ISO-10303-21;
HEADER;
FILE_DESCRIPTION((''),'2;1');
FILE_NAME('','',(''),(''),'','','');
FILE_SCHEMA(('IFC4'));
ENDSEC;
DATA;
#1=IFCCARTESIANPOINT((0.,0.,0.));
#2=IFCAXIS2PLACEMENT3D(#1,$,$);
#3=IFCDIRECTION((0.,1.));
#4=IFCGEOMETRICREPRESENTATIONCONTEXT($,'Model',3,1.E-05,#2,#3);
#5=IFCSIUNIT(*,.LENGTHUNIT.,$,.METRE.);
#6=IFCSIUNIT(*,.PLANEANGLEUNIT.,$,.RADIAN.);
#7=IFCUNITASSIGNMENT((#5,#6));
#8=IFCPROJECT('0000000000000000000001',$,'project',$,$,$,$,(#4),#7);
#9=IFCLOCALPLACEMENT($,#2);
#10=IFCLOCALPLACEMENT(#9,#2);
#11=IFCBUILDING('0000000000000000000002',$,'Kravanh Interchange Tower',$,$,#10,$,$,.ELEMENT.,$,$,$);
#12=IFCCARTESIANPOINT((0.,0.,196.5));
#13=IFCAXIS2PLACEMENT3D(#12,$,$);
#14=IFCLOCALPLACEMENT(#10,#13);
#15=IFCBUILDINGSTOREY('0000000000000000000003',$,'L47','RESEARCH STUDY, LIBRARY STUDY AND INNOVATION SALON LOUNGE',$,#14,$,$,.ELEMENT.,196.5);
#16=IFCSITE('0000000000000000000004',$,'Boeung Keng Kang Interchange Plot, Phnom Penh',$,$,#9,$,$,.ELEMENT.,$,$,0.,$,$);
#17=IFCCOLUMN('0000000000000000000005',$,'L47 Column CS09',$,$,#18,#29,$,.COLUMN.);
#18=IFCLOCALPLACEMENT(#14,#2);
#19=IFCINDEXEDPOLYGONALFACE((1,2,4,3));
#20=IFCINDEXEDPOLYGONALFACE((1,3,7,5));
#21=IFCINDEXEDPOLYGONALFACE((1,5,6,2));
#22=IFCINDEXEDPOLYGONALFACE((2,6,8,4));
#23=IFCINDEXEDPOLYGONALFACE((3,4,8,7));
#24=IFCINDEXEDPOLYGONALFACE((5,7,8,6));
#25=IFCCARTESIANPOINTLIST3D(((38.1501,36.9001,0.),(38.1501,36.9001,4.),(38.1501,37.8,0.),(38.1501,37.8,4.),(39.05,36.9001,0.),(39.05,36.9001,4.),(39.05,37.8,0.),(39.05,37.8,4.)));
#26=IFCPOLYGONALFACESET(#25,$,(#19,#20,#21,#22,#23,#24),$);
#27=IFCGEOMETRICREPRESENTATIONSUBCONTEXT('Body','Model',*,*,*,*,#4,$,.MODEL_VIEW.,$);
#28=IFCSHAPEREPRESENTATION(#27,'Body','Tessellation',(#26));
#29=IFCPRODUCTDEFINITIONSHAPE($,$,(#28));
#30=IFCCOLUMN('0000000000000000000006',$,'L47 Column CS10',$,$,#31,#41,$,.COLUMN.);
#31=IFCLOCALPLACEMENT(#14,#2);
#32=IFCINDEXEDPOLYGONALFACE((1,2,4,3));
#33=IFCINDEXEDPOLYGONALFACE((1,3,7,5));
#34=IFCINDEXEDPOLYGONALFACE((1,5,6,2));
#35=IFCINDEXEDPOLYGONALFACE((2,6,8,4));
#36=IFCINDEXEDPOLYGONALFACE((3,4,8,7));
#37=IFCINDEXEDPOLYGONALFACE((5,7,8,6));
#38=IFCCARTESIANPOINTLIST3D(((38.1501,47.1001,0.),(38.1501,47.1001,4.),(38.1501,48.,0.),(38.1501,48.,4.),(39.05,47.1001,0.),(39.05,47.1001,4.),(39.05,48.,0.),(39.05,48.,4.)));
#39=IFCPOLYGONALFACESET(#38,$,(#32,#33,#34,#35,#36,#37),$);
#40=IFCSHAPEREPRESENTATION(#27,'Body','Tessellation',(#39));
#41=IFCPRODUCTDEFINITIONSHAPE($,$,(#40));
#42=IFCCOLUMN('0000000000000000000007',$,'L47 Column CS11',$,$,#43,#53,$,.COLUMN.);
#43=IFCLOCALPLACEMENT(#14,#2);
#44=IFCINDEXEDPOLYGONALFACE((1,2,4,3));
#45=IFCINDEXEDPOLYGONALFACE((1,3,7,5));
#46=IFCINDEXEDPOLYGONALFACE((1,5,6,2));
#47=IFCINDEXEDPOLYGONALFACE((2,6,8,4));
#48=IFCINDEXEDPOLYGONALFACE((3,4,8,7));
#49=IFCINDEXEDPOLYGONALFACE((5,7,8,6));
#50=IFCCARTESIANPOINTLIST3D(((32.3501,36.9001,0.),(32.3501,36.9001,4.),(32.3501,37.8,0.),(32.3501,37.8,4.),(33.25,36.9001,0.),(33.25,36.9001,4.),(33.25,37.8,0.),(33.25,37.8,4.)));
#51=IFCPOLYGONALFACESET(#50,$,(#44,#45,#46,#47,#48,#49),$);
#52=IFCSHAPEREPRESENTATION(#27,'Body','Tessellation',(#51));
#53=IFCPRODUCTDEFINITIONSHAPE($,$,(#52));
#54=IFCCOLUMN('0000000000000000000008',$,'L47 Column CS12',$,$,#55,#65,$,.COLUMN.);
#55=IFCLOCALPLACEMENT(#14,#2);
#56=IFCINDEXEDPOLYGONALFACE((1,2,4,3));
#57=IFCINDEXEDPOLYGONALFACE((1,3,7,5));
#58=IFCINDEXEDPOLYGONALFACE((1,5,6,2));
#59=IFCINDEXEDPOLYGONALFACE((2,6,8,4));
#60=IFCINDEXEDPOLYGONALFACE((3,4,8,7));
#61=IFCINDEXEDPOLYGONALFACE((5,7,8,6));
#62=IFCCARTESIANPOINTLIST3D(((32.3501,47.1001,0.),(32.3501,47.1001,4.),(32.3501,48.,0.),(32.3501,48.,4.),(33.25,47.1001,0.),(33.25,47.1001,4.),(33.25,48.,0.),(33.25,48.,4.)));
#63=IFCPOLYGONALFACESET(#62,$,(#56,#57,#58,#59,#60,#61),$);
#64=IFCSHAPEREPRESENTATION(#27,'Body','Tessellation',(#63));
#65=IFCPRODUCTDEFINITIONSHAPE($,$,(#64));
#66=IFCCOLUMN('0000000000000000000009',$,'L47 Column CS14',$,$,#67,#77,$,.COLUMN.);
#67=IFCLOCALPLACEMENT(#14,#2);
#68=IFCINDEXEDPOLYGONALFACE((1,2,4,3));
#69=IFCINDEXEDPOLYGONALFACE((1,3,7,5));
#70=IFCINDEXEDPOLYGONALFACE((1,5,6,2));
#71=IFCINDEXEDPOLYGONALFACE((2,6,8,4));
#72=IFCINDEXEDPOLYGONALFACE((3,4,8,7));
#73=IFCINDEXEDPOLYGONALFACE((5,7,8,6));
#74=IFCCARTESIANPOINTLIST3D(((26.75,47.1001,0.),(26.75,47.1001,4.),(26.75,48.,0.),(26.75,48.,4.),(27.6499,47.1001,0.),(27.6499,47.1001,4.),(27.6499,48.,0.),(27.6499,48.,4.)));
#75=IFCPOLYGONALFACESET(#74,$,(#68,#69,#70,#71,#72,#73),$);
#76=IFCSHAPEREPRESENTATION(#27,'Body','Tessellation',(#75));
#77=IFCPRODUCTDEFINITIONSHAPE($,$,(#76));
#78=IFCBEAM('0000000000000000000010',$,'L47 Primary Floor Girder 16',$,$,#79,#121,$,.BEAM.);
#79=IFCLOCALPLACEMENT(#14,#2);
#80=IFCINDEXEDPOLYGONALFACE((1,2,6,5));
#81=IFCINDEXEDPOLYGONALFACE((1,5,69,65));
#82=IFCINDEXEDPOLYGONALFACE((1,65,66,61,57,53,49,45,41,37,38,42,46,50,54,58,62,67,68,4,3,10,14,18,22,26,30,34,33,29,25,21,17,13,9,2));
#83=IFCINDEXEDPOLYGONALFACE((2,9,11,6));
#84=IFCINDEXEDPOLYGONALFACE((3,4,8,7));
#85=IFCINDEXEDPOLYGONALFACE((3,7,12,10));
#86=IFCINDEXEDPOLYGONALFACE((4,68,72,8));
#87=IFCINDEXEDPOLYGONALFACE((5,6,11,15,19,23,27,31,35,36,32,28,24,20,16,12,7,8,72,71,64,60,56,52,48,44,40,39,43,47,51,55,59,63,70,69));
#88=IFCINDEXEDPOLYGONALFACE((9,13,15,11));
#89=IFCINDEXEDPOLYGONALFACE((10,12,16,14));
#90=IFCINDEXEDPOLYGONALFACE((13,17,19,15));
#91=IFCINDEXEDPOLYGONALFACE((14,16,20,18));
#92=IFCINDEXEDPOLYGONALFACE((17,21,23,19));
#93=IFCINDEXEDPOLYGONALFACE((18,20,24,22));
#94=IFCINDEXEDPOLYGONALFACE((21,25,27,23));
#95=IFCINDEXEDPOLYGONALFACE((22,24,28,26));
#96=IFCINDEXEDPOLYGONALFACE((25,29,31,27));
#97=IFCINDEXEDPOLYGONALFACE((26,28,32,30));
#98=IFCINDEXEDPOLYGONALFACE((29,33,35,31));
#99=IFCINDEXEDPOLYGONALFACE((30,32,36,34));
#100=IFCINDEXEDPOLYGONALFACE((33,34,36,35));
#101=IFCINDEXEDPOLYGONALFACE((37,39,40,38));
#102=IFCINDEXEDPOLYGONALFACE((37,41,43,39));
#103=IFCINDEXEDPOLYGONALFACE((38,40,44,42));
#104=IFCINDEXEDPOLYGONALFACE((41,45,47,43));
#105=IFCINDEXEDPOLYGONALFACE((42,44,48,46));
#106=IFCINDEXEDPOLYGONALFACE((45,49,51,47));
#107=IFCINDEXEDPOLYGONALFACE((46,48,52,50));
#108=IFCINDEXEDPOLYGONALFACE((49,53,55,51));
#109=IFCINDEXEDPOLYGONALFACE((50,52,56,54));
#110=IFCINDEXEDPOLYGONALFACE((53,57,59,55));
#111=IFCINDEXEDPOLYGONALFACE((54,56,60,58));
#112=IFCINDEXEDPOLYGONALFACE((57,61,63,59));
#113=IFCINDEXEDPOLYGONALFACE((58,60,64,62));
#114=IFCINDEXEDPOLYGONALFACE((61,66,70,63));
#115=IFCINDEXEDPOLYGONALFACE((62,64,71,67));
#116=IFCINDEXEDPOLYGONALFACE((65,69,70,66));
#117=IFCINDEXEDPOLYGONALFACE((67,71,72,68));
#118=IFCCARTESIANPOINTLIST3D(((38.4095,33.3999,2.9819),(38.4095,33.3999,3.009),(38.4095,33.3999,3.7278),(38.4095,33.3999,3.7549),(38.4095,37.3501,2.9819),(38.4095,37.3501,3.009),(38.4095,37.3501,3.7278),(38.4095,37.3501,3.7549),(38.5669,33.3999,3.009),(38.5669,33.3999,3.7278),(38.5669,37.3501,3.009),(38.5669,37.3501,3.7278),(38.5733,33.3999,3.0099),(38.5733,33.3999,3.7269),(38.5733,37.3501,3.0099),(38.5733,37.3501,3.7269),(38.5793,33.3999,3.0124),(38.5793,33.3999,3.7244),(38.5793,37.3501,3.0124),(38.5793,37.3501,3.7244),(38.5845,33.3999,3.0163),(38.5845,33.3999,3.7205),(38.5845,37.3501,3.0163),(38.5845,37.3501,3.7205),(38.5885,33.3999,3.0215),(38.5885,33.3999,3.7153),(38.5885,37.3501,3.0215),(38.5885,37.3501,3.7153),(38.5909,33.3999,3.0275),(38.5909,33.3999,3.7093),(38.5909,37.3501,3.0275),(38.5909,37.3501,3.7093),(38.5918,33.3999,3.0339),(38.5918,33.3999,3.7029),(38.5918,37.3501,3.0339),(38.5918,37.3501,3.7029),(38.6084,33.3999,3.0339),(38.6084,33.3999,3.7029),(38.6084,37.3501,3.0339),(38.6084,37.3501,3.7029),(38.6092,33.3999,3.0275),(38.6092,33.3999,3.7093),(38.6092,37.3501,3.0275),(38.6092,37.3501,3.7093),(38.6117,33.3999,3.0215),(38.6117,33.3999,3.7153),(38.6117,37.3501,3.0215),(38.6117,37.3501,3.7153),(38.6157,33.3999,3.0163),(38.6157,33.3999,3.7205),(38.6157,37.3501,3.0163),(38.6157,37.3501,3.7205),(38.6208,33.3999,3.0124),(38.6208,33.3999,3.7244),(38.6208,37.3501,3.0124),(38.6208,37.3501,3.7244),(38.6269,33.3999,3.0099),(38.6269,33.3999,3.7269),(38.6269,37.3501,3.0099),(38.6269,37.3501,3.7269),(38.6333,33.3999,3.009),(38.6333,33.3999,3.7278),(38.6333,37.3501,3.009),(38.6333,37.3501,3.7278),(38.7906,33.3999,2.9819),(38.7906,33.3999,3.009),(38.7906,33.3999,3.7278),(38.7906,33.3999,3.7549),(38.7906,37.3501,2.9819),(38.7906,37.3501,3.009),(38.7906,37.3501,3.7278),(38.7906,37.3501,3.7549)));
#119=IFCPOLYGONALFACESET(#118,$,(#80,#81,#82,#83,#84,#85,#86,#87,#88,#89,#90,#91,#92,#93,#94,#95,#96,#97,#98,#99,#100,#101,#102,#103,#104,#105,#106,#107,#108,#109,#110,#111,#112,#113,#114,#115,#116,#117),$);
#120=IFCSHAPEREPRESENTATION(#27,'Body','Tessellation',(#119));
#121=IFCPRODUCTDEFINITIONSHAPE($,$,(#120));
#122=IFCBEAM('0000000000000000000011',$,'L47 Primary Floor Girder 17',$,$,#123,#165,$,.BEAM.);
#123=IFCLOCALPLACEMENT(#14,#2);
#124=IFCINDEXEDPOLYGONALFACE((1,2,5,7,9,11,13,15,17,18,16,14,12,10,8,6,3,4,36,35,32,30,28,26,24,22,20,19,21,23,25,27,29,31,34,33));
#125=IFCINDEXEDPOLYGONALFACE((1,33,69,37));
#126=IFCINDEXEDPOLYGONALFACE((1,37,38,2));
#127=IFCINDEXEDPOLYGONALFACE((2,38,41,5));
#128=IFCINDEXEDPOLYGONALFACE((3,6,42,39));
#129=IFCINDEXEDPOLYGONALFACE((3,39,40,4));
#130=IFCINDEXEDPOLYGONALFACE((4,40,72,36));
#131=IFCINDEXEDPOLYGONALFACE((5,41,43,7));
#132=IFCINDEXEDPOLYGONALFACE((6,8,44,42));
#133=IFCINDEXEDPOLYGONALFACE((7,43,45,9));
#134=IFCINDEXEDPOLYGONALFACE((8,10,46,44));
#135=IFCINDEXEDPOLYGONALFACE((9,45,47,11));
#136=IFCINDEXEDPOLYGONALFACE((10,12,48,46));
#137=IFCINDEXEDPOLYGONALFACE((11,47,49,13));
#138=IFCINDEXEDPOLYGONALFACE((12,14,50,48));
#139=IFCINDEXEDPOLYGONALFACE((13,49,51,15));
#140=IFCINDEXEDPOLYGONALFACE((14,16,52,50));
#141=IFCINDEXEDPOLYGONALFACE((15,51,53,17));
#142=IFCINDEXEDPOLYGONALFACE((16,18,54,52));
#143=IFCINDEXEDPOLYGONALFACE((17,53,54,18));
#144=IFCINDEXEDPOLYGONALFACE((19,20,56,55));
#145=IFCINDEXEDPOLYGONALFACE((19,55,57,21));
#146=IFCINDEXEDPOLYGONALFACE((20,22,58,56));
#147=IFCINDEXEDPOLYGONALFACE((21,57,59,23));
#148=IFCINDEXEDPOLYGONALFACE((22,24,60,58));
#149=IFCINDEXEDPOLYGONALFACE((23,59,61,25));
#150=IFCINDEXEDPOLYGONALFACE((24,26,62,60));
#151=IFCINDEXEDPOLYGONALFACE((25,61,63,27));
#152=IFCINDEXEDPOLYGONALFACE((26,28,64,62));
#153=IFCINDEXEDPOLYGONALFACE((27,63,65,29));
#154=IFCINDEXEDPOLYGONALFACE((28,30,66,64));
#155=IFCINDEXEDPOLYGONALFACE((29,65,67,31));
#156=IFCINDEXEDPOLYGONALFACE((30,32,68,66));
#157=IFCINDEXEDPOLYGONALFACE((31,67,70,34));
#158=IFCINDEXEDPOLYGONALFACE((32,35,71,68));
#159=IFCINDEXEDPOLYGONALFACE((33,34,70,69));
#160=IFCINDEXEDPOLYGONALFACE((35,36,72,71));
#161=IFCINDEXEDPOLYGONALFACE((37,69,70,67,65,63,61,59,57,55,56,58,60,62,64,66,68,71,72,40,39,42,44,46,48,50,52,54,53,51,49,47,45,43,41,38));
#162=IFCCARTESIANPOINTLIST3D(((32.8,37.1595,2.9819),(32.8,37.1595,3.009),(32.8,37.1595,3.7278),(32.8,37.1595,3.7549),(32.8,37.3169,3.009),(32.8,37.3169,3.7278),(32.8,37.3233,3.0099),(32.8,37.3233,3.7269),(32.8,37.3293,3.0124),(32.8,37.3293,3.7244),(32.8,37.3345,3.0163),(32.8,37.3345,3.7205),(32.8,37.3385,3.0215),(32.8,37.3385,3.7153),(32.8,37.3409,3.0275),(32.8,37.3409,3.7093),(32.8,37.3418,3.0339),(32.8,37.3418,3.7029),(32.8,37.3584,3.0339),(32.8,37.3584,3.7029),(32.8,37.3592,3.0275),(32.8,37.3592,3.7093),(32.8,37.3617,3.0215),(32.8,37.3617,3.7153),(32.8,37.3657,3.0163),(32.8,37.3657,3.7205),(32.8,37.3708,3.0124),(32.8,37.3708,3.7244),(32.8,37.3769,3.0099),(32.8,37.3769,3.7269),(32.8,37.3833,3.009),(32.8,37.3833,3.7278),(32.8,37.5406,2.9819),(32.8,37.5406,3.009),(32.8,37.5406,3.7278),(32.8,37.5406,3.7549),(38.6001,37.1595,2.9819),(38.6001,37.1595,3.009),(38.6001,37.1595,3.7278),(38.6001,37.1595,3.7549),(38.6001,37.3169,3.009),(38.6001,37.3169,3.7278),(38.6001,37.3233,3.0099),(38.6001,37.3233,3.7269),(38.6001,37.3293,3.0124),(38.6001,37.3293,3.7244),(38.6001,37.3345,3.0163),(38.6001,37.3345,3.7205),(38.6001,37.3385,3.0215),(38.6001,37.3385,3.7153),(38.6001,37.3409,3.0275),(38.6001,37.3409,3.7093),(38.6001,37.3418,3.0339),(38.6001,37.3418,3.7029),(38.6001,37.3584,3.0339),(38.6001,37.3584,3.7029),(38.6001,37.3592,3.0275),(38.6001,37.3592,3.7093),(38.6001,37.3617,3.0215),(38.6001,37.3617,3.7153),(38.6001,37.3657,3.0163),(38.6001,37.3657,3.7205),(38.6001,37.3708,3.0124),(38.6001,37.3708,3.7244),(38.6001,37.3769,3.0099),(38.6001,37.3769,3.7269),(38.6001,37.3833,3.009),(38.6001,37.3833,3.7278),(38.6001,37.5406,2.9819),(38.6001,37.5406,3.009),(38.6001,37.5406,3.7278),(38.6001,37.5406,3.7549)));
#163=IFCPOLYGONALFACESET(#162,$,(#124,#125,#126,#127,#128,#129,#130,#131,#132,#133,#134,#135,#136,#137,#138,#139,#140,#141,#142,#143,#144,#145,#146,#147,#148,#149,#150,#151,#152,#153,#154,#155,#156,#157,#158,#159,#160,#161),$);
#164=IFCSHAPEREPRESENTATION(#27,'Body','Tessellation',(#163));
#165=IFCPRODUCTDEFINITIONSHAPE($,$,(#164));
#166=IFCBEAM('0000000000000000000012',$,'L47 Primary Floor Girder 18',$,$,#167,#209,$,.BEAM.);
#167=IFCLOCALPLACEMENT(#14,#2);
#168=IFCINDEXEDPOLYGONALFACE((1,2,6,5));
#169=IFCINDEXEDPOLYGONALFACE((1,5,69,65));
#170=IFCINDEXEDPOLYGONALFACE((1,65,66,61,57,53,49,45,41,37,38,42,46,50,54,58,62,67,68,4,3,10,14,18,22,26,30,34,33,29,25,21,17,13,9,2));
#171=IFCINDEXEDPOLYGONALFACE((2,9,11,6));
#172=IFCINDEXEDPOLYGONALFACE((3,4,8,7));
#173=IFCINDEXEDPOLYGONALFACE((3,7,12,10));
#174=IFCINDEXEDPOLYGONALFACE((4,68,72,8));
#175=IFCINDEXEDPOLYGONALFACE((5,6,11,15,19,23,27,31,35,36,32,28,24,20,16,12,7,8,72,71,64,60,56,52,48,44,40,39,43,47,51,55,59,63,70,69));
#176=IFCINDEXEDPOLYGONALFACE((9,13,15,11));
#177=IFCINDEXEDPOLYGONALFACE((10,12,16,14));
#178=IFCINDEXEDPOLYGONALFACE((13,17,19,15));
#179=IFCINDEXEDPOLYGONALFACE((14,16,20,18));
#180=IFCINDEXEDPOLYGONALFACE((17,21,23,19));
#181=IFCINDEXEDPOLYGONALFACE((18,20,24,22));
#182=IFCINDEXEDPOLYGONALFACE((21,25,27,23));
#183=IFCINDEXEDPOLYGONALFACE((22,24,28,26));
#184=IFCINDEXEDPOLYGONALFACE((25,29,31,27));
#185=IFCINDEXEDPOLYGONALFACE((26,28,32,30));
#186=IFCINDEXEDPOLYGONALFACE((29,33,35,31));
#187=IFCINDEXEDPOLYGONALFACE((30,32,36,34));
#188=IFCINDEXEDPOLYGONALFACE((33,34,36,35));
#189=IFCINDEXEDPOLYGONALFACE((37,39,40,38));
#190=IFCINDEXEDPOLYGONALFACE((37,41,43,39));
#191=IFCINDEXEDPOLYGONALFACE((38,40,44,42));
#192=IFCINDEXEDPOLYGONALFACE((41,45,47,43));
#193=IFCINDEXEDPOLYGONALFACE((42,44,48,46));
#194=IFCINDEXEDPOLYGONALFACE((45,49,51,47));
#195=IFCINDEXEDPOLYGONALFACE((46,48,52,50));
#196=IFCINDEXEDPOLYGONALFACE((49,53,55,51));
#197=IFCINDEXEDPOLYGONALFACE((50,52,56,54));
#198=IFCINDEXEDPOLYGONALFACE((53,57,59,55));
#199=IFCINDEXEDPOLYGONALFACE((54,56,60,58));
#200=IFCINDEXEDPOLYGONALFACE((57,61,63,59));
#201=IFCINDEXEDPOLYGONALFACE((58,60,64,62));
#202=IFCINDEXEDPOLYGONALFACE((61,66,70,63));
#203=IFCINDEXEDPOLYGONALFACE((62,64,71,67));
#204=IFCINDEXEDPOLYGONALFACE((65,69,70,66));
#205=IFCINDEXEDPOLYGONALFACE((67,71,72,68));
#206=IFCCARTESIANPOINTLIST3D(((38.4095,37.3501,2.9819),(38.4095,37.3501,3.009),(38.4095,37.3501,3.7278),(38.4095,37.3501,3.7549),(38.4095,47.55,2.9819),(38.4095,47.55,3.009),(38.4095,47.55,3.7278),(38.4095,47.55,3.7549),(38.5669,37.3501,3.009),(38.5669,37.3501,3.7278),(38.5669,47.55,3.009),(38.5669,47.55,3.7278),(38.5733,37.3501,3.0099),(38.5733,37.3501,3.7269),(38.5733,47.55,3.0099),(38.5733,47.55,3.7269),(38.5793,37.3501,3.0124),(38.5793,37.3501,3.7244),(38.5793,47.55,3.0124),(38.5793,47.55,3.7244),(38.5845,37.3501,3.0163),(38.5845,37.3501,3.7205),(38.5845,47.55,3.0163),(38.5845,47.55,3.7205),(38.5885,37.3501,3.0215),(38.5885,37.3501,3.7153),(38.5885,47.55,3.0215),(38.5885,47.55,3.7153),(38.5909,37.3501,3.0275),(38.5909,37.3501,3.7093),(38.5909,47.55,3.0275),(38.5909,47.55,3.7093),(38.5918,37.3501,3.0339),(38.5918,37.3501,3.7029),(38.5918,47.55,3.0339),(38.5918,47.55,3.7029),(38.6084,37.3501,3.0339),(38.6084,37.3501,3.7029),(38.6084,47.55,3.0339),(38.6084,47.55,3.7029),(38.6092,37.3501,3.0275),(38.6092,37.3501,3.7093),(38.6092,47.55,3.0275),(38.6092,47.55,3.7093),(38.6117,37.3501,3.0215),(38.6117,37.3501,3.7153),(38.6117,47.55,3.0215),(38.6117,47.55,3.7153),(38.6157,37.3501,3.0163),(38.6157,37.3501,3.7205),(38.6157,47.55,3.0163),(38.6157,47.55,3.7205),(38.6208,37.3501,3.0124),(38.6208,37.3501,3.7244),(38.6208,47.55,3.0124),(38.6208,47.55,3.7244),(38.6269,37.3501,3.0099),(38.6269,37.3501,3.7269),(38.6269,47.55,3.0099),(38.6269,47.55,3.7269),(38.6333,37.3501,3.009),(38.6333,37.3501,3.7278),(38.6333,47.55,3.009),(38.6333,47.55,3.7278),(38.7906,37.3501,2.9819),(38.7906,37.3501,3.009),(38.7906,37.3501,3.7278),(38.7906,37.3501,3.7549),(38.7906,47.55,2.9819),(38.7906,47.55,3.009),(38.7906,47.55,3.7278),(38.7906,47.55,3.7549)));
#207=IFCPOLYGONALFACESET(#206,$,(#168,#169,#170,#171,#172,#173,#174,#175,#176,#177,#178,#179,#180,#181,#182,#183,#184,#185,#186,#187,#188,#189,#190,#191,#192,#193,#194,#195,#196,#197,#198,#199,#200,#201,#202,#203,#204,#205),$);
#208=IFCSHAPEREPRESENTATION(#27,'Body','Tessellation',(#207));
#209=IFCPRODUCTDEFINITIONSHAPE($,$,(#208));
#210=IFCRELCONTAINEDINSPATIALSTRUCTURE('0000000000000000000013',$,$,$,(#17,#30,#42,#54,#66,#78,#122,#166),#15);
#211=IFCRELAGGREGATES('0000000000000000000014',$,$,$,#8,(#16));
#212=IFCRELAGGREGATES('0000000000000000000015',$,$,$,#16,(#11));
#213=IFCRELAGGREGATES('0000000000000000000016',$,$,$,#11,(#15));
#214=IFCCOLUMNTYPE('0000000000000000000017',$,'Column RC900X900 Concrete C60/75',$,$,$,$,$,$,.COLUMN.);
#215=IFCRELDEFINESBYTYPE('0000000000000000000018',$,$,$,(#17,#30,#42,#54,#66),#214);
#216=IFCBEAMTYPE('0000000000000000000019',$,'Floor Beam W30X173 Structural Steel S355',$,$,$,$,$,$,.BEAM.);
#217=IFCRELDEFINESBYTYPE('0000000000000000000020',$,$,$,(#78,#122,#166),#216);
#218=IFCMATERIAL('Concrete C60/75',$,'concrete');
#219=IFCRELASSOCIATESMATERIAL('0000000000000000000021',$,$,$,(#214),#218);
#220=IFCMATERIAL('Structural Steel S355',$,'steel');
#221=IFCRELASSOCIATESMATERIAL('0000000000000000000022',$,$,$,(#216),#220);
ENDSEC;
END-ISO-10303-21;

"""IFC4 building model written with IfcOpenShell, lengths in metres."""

from ifc_helpers import new_model, si_unit, direction, frame, origin, origin_2d, place, context, subcontext, project, spatial, rectangle, i_section, extrude, material, material_profile, profile_set, type_object, element, save


model = new_model("IFC4")

# Units and contexts
model_context = context("Model", 3, precision=1e-05, world=origin(), true_north=direction((0.0, 1.0)))
body_context = subcontext(model_context, "Body", "Model", "MODEL_VIEW")
ifc_project = project(units=[si_unit("LENGTHUNIT", "METRE"), si_unit("PLANEANGLEUNIT", "RADIAN")], contexts=[model_context])

# Site, building, storey
site_placement = place(None, origin())
site = spatial("IfcSite", under=ifc_project, at=site_placement, Name="Boeung Keng Kang Interchange Plot, Phnom Penh", CompositionType="ELEMENT", RefElevation=0.0)
building_placement = place(site_placement, origin())
building = spatial("IfcBuilding", under=site, at=building_placement, Name="Kravanh Interchange Tower", CompositionType="ELEMENT")
storey_placement = place(building_placement, frame((0.0, 0.0, 196.5)))
storey = spatial("IfcBuildingStorey", under=building, at=storey_placement, Name="L47", Description="RESEARCH STUDY, LIBRARY STUDY AND INNOVATION SALON LOUNGE", CompositionType="ELEMENT", Elevation=196.5)

# Columns
ifc_material_1 = material(Name="Concrete C60/75", Category="concrete")
ifc_material_profile_1 = material_profile(ifc_material_1, rectangle(XDim=0.8999, YDim=0.8999, at=origin_2d()), Name="RC900X900")
ifc_profile_set_1 = profile_set([ifc_material_profile_1], Name="Concrete C60/75")
column_type = type_object("IfcColumnType", Name="Column RC900X900 Concrete C60/75", PredefinedType="COLUMN", material=ifc_profile_set_1)
for number, where, z_axis, x_axis, name in (
    (1, (38.6001, 37.3501, 0.0), (0.0, 0.0, 1.0), (1.0, 0.0, 0.0), "L47 Column CS09"),
    (2, (38.6001, 47.55, 0.0), (0.0, 0.0, 1.0), (1.0, 0.0, 0.0), "L47 Column CS10"),
    (3, (32.8, 37.3501, 0.0), (0.0, 0.0, 1.0), (1.0, 0.0, 0.0), "L47 Column CS11"),
    (4, (32.8, 47.55, 0.0), (0.0, 0.0, 1.0), (1.0, 0.0, 0.0), "L47 Column CS12"),
    (5, (27.2, 47.55, 0.0), (0.0, 0.0, 1.0), (1.0, 0.0, 0.0), "L47 Column CS14"),
):
    element("IfcColumn", number, at=place(storey_placement, frame(where, z_axis=z_axis, x_axis=x_axis)), inside=storey, type_object=column_type, Name=name, PredefinedType="COLUMN", context=body_context, shape_type="SweptSolid", body=[
        extrude(rectangle(XDim=0.8999, YDim=0.8999, at=origin_2d()), origin(), (0.0, 0.0, 1.0), 4.0),
    ])

# Beams
ifc_material_2 = material(Name="Structural Steel S355", Category="steel")
ifc_material_profile_2 = material_profile(ifc_material_2, i_section(OverallWidth=0.3811, OverallDepth=0.7729, WebThickness=0.0166, FlangeThickness=0.0271, FilletRadius=0.0249, at=origin_2d()), Name="W30X173")
ifc_profile_set_2 = profile_set([ifc_material_profile_2], Name="Structural Steel S355")
beam_type = type_object("IfcBeamType", Name="Floor Beam W30X173 Structural Steel S355", PredefinedType="BEAM", material=ifc_profile_set_2)
beam_1_placement = place(storey_placement, frame((38.6001, 37.3501, 3.3684), z_axis=(0.0, -1.0, 0.0), x_axis=(1.0, 0.0, 0.0)))
element("IfcBeam", 6, at=beam_1_placement, inside=storey, type_object=beam_type, Name="L47 Primary Floor Girder 16", PredefinedType="BEAM", context=body_context, shape_type="SweptSolid", body=[
    extrude(i_section(OverallWidth=0.3811, OverallDepth=0.7729, WebThickness=0.0166, FlangeThickness=0.0271, FilletRadius=0.0249, at=origin_2d()), origin(), (0.0, 0.0, 1.0), 3.9502),
])
beam_2_placement = place(storey_placement, frame((38.6001, 37.3501, 3.3684), z_axis=(-1.0, 0.0, 0.0), x_axis=(0.0, -1.0, 0.0)))
element("IfcBeam", 7, at=beam_2_placement, inside=storey, type_object=beam_type, Name="L47 Primary Floor Girder 17", PredefinedType="BEAM", context=body_context, shape_type="SweptSolid", body=[
    extrude(i_section(OverallWidth=0.3811, OverallDepth=0.7729, WebThickness=0.0166, FlangeThickness=0.0271, FilletRadius=0.0249, at=origin_2d()), origin(), (0.0, 0.0, 1.0), 5.8),
])
beam_3_placement = place(storey_placement, frame((38.6001, 37.3501, 3.3684), z_axis=(0.0, 1.0, 0.0), x_axis=(-1.0, 0.0, 0.0)))
element("IfcBeam", 8, at=beam_3_placement, inside=storey, type_object=beam_type, Name="L47 Primary Floor Girder 18", PredefinedType="BEAM", context=body_context, shape_type="SweptSolid", body=[
    extrude(i_section(OverallWidth=0.3811, OverallDepth=0.7729, WebThickness=0.0166, FlangeThickness=0.0271, FilletRadius=0.0249, at=origin_2d()), origin(), (0.0, 0.0, 1.0), 10.2),
])

save(model, "model.ifc")
